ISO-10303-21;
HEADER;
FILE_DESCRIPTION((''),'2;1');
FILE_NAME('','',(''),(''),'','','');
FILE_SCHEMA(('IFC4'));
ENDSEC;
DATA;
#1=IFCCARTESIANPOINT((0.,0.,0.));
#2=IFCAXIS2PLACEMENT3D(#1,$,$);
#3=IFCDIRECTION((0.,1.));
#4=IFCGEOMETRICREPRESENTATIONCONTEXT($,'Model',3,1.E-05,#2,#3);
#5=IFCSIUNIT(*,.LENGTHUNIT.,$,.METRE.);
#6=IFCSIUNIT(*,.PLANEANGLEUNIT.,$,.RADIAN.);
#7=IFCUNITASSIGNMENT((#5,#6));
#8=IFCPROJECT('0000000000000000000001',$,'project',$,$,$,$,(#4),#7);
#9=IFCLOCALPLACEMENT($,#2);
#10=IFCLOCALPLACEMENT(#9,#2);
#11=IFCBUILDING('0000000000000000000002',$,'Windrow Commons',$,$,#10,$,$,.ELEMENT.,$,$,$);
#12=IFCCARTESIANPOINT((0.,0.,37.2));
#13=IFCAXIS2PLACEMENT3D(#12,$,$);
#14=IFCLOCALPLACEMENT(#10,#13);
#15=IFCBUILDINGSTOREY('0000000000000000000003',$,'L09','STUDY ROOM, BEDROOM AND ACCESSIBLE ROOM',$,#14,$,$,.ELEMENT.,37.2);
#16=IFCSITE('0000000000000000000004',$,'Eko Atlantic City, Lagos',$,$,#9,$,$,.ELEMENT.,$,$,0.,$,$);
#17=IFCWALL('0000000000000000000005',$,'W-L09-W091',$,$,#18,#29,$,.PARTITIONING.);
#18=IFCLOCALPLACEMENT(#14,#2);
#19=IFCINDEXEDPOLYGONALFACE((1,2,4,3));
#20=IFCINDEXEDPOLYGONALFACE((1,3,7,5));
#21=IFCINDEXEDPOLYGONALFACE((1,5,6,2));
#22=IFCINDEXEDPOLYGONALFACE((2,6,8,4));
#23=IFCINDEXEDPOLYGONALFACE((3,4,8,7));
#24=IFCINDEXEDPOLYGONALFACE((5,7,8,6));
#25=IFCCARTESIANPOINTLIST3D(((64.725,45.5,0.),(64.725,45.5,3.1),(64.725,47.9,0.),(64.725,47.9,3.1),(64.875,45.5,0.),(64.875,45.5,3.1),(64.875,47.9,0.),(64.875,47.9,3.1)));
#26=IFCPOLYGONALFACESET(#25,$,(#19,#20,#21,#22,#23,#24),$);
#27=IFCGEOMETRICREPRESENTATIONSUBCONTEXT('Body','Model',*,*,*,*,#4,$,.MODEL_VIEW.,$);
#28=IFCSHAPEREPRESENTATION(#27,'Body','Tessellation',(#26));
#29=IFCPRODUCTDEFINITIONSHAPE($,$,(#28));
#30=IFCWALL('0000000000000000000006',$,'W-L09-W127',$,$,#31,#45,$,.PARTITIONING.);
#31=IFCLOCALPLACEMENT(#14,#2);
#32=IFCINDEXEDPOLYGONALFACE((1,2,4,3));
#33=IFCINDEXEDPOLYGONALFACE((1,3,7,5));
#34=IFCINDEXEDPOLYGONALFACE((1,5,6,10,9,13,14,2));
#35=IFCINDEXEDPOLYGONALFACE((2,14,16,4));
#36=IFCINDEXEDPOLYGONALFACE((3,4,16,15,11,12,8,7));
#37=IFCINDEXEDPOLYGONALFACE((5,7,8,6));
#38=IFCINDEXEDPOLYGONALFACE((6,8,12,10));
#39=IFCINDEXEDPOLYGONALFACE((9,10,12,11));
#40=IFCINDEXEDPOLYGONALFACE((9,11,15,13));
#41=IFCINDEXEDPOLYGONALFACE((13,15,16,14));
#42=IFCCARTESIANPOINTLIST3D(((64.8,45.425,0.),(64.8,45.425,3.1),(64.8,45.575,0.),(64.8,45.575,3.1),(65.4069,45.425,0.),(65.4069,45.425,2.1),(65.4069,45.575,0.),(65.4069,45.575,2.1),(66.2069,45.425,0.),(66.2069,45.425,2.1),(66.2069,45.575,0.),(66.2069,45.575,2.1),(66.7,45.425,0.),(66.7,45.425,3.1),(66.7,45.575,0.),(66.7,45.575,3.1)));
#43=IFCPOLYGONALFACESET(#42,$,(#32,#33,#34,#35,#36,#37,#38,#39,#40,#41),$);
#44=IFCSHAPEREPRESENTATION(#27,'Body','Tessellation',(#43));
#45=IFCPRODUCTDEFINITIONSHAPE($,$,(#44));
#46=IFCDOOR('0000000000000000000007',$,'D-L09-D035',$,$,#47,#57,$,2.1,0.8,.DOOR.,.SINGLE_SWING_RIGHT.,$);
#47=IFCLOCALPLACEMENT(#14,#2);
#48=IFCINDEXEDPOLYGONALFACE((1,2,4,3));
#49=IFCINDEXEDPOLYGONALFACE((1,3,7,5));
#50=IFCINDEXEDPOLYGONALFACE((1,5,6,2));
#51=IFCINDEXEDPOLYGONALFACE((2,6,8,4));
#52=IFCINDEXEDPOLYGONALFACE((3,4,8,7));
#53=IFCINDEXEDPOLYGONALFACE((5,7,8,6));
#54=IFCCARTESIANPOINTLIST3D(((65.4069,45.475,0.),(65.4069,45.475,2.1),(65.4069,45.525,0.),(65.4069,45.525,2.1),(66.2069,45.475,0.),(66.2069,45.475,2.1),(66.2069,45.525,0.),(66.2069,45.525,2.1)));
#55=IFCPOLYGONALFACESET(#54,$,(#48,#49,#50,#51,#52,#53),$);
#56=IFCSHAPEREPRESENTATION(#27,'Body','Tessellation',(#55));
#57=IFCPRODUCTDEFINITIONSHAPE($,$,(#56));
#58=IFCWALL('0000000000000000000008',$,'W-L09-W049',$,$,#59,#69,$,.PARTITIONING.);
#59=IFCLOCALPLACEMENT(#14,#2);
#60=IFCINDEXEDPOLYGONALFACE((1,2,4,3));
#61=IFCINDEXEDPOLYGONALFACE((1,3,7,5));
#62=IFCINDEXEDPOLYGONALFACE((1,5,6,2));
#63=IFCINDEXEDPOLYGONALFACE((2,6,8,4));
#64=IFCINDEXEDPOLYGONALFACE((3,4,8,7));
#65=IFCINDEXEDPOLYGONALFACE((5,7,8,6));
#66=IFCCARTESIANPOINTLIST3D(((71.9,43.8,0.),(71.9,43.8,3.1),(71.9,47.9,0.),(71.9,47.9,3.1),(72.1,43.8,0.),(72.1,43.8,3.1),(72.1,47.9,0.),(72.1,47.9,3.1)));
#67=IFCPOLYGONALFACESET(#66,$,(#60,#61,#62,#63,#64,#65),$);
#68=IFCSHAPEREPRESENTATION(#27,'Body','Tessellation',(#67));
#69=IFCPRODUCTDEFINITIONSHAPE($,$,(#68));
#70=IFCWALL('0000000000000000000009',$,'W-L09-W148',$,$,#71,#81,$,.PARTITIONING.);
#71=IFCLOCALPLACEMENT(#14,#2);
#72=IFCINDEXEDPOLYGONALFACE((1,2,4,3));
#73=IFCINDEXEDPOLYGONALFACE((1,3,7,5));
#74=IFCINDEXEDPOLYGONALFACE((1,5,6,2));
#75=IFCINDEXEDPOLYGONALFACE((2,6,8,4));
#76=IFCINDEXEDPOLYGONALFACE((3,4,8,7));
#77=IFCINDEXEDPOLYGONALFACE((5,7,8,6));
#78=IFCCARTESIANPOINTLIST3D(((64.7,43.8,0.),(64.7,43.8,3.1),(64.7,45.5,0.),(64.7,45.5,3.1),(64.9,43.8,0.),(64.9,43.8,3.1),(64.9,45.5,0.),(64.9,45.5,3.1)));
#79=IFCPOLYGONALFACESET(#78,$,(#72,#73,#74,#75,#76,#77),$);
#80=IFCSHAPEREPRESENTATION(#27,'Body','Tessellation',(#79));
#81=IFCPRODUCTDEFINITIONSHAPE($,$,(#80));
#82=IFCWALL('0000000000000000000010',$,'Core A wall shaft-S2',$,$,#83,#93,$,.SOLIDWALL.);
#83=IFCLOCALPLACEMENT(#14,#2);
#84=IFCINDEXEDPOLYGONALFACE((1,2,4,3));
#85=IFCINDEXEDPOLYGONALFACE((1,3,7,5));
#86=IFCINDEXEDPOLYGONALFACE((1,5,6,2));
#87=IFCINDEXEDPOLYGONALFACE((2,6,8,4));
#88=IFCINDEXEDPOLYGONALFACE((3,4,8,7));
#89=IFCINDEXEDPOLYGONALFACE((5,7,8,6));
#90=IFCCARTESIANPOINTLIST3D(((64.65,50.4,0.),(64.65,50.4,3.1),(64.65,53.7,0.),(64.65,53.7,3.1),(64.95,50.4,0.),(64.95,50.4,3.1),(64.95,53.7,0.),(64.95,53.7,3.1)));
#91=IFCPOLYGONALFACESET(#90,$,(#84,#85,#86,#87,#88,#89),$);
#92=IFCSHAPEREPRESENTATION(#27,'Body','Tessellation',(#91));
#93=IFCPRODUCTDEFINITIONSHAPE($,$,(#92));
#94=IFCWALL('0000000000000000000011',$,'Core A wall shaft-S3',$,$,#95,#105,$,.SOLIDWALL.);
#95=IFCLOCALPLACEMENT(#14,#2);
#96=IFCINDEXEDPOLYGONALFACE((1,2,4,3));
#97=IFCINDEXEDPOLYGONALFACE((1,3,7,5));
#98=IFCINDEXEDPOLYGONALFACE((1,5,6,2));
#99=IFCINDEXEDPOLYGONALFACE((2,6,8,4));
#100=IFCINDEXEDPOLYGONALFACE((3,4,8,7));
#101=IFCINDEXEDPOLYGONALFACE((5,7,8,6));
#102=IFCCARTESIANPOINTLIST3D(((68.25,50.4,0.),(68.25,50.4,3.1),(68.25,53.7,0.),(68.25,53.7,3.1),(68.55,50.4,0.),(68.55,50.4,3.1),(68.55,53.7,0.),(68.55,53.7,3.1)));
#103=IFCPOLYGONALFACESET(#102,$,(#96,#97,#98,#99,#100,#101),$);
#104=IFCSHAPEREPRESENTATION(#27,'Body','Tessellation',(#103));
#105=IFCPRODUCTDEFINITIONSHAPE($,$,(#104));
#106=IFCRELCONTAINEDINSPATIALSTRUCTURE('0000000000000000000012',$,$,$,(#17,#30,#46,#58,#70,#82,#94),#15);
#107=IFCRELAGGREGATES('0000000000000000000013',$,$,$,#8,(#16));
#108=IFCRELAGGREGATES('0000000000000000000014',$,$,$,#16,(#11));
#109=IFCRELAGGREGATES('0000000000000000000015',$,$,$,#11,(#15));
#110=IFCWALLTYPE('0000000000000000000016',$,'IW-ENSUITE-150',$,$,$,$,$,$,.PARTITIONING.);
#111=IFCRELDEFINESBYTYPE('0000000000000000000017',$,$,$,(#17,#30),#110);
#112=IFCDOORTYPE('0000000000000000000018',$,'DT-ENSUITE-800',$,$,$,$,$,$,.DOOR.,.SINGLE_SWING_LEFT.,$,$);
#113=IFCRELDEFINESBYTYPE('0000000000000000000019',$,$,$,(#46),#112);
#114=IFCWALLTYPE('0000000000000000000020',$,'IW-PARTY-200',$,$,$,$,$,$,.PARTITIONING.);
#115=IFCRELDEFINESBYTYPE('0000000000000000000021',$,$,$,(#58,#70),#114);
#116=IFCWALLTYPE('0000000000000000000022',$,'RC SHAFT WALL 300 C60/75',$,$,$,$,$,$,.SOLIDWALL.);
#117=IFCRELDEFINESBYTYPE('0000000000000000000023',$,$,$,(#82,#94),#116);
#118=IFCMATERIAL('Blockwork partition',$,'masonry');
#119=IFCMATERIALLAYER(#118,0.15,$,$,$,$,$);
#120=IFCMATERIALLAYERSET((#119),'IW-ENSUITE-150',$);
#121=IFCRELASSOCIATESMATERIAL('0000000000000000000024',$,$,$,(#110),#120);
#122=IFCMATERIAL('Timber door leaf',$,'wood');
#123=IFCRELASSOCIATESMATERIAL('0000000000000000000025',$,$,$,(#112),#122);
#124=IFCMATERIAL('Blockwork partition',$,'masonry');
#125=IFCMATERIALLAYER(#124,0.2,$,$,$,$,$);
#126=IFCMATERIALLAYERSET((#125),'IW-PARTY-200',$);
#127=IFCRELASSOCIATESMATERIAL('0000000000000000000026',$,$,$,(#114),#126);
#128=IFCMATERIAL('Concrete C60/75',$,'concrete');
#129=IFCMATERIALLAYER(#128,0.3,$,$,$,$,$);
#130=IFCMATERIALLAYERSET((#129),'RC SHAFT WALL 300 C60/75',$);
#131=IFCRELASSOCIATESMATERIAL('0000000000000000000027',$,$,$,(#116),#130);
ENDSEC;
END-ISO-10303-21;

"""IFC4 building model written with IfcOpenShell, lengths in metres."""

from ifc_helpers import new_model, si_unit, direction, frame, frame_2d, origin, place, context, subcontext, project, spatial, rectangle, extrude, material, layer, layer_set, type_object, element, fill, save


model = new_model("IFC4")

# Units and contexts
model_context = context("Model", 3, precision=1e-05, world=origin(), true_north=direction((0.0, 1.0)))
body_context = subcontext(model_context, "Body", "Model", "MODEL_VIEW")
ifc_project = project(units=[si_unit("LENGTHUNIT", "METRE"), si_unit("PLANEANGLEUNIT", "RADIAN")], contexts=[model_context])

# Site, building, storey
site_placement = place(None, origin())
site = spatial("IfcSite", under=ifc_project, at=site_placement, Name="Eko Atlantic City, Lagos", CompositionType="ELEMENT", RefElevation=0.0)
building_placement = place(site_placement, origin())
building = spatial("IfcBuilding", under=site, at=building_placement, Name="Windrow Commons", CompositionType="ELEMENT")
storey_placement = place(building_placement, frame((0.0, 0.0, 37.2)))
storey = spatial("IfcBuildingStorey", under=building, at=storey_placement, Name="L09", Description="STUDY ROOM, BEDROOM AND ACCESSIBLE ROOM", CompositionType="ELEMENT", Elevation=37.2)

# Wall
ifc_material_1 = material(Name="Blockwork partition", Category="masonry")
ifc_layer_1 = layer(ifc_material_1, 0.15)
ifc_layer_set_1 = layer_set([ifc_layer_1], Name="IW-ENSUITE-150")
wall_type_1 = type_object("IfcWallType", Name="IW-ENSUITE-150", PredefinedType="PARTITIONING", material=ifc_layer_set_1)
for number, where, z_axis, x_axis, name in (
    (1, (64.8, 45.5, 0.0), (0.0, 0.0, 1.0), (0.0, 1.0, 0.0), "W-L09-W091"),
):
    element("IfcWall", number, at=place(storey_placement, frame(where, z_axis=z_axis, x_axis=x_axis)), inside=storey, type_object=wall_type_1, Name=name, PredefinedType="PARTITIONING", context=body_context, shape_type="SweptSolid", body=[
        extrude(rectangle(XDim=2.4, YDim=0.15, at=frame_2d((1.2, 0.0))), origin(), (0.0, 0.0, 1.0), 3.1),
    ])

# Wall, opening, door
wall_1_placement = place(storey_placement, frame((64.8, 45.5, 0.0), z_axis=(0.0, 0.0, 1.0), x_axis=(1.0, 0.0, 0.0)))
wall_1 = element("IfcWall", 2, at=wall_1_placement, inside=storey, type_object=wall_type_1, Name="W-L09-W127", PredefinedType="PARTITIONING", context=body_context, shape_type="SweptSolid", body=[
    extrude(rectangle(XDim=1.9, YDim=0.15, at=frame_2d((0.95, 0.0))), origin(), (0.0, 0.0, 1.0), 3.1),
])
opening_1_placement = place(wall_1_placement, frame((0.6069, 0.0, 0.0)))
opening_1 = element("IfcOpeningElement", 3, at=opening_1_placement, cuts=wall_1, PredefinedType="OPENING", context=body_context, shape_type="SweptSolid", body=[
    extrude(rectangle(XDim=0.8, YDim=2.1, at=frame_2d((0.4, 1.05))), frame((0.0, 0.085, 0.0), z_axis=(0.0, -1.0, 0.0), x_axis=(1.0, 0.0, 0.0)), (0.0, 0.0, 1.0), 0.17),
])
ifc_material_2 = material(Name="Timber door leaf", Category="wood")
door_type_1 = type_object("IfcDoorType", Name="DT-ENSUITE-800", OperationType="SINGLE_SWING_LEFT", PredefinedType="DOOR", material=ifc_material_2)
door_1_placement = place(opening_1_placement, origin())
door_1 = element("IfcDoor", 4, at=door_1_placement, inside=storey, type_object=door_type_1, Name="D-L09-D035", OperationType="SINGLE_SWING_RIGHT", OverallHeight=2.1, OverallWidth=0.8, PredefinedType="DOOR", context=body_context, shape_type="SweptSolid", body=[
    extrude(rectangle(XDim=0.8, YDim=2.1, at=frame_2d((0.4, 1.05))), frame((0.0, 0.025, 0.0), z_axis=(0.0, -1.0, 0.0), x_axis=(1.0, 0.0, 0.0)), (0.0, 0.0, 1.0), 0.05),
])
fill(opening_1, door_1)

# Walls
ifc_material_3 = material(Name="Blockwork partition", Category="masonry")
ifc_layer_2 = layer(ifc_material_3, 0.2)
ifc_layer_set_2 = layer_set([ifc_layer_2], Name="IW-PARTY-200")
wall_type_2 = type_object("IfcWallType", Name="IW-PARTY-200", PredefinedType="PARTITIONING", material=ifc_layer_set_2)
wall_2_placement = place(storey_placement, frame((72.0, 43.8, 0.0), z_axis=(0.0, 0.0, 1.0), x_axis=(0.0, 1.0, 0.0)))
element("IfcWall", 5, at=wall_2_placement, inside=storey, type_object=wall_type_2, Name="W-L09-W049", PredefinedType="PARTITIONING", context=body_context, shape_type="SweptSolid", body=[
    extrude(rectangle(XDim=4.1, YDim=0.2, at=frame_2d((2.05, 0.0))), origin(), (0.0, 0.0, 1.0), 3.1),
])
wall_3_placement = place(storey_placement, frame((64.8, 43.8, 0.0), z_axis=(0.0, 0.0, 1.0), x_axis=(0.0, 1.0, 0.0)))
element("IfcWall", 6, at=wall_3_placement, inside=storey, type_object=wall_type_2, Name="W-L09-W148", PredefinedType="PARTITIONING", context=body_context, shape_type="SweptSolid", body=[
    extrude(rectangle(XDim=1.7, YDim=0.2, at=frame_2d((0.85, 0.0))), origin(), (0.0, 0.0, 1.0), 3.1),
])
ifc_material_4 = material(Name="Concrete C60/75", Category="concrete")
ifc_layer_3 = layer(ifc_material_4, 0.3)
ifc_layer_set_3 = layer_set([ifc_layer_3], Name="RC SHAFT WALL 300 C60/75")
wall_type_3 = type_object("IfcWallType", Name="RC SHAFT WALL 300 C60/75", PredefinedType="SOLIDWALL", material=ifc_layer_set_3)
for number, where, z_axis, x_axis, name in (
    (7, (64.8, 50.4, 0.0), (0.0, 0.0, 1.0), (0.0, 1.0, 0.0), "Core A wall shaft-S2"),
    (8, (68.4, 50.4, 0.0), (0.0, 0.0, 1.0), (0.0, 1.0, 0.0), "Core A wall shaft-S3"),
):
    element("IfcWall", number, at=place(storey_placement, frame(where, z_axis=z_axis, x_axis=x_axis)), inside=storey, type_object=wall_type_3, Name=name, PredefinedType="SOLIDWALL", context=body_context, shape_type="SweptSolid", body=[
        extrude(rectangle(XDim=3.3, YDim=0.3, at=frame_2d((1.65, 0.0))), origin(), (0.0, 0.0, 1.0), 3.1),
    ])

save(model, "model.ifc")
